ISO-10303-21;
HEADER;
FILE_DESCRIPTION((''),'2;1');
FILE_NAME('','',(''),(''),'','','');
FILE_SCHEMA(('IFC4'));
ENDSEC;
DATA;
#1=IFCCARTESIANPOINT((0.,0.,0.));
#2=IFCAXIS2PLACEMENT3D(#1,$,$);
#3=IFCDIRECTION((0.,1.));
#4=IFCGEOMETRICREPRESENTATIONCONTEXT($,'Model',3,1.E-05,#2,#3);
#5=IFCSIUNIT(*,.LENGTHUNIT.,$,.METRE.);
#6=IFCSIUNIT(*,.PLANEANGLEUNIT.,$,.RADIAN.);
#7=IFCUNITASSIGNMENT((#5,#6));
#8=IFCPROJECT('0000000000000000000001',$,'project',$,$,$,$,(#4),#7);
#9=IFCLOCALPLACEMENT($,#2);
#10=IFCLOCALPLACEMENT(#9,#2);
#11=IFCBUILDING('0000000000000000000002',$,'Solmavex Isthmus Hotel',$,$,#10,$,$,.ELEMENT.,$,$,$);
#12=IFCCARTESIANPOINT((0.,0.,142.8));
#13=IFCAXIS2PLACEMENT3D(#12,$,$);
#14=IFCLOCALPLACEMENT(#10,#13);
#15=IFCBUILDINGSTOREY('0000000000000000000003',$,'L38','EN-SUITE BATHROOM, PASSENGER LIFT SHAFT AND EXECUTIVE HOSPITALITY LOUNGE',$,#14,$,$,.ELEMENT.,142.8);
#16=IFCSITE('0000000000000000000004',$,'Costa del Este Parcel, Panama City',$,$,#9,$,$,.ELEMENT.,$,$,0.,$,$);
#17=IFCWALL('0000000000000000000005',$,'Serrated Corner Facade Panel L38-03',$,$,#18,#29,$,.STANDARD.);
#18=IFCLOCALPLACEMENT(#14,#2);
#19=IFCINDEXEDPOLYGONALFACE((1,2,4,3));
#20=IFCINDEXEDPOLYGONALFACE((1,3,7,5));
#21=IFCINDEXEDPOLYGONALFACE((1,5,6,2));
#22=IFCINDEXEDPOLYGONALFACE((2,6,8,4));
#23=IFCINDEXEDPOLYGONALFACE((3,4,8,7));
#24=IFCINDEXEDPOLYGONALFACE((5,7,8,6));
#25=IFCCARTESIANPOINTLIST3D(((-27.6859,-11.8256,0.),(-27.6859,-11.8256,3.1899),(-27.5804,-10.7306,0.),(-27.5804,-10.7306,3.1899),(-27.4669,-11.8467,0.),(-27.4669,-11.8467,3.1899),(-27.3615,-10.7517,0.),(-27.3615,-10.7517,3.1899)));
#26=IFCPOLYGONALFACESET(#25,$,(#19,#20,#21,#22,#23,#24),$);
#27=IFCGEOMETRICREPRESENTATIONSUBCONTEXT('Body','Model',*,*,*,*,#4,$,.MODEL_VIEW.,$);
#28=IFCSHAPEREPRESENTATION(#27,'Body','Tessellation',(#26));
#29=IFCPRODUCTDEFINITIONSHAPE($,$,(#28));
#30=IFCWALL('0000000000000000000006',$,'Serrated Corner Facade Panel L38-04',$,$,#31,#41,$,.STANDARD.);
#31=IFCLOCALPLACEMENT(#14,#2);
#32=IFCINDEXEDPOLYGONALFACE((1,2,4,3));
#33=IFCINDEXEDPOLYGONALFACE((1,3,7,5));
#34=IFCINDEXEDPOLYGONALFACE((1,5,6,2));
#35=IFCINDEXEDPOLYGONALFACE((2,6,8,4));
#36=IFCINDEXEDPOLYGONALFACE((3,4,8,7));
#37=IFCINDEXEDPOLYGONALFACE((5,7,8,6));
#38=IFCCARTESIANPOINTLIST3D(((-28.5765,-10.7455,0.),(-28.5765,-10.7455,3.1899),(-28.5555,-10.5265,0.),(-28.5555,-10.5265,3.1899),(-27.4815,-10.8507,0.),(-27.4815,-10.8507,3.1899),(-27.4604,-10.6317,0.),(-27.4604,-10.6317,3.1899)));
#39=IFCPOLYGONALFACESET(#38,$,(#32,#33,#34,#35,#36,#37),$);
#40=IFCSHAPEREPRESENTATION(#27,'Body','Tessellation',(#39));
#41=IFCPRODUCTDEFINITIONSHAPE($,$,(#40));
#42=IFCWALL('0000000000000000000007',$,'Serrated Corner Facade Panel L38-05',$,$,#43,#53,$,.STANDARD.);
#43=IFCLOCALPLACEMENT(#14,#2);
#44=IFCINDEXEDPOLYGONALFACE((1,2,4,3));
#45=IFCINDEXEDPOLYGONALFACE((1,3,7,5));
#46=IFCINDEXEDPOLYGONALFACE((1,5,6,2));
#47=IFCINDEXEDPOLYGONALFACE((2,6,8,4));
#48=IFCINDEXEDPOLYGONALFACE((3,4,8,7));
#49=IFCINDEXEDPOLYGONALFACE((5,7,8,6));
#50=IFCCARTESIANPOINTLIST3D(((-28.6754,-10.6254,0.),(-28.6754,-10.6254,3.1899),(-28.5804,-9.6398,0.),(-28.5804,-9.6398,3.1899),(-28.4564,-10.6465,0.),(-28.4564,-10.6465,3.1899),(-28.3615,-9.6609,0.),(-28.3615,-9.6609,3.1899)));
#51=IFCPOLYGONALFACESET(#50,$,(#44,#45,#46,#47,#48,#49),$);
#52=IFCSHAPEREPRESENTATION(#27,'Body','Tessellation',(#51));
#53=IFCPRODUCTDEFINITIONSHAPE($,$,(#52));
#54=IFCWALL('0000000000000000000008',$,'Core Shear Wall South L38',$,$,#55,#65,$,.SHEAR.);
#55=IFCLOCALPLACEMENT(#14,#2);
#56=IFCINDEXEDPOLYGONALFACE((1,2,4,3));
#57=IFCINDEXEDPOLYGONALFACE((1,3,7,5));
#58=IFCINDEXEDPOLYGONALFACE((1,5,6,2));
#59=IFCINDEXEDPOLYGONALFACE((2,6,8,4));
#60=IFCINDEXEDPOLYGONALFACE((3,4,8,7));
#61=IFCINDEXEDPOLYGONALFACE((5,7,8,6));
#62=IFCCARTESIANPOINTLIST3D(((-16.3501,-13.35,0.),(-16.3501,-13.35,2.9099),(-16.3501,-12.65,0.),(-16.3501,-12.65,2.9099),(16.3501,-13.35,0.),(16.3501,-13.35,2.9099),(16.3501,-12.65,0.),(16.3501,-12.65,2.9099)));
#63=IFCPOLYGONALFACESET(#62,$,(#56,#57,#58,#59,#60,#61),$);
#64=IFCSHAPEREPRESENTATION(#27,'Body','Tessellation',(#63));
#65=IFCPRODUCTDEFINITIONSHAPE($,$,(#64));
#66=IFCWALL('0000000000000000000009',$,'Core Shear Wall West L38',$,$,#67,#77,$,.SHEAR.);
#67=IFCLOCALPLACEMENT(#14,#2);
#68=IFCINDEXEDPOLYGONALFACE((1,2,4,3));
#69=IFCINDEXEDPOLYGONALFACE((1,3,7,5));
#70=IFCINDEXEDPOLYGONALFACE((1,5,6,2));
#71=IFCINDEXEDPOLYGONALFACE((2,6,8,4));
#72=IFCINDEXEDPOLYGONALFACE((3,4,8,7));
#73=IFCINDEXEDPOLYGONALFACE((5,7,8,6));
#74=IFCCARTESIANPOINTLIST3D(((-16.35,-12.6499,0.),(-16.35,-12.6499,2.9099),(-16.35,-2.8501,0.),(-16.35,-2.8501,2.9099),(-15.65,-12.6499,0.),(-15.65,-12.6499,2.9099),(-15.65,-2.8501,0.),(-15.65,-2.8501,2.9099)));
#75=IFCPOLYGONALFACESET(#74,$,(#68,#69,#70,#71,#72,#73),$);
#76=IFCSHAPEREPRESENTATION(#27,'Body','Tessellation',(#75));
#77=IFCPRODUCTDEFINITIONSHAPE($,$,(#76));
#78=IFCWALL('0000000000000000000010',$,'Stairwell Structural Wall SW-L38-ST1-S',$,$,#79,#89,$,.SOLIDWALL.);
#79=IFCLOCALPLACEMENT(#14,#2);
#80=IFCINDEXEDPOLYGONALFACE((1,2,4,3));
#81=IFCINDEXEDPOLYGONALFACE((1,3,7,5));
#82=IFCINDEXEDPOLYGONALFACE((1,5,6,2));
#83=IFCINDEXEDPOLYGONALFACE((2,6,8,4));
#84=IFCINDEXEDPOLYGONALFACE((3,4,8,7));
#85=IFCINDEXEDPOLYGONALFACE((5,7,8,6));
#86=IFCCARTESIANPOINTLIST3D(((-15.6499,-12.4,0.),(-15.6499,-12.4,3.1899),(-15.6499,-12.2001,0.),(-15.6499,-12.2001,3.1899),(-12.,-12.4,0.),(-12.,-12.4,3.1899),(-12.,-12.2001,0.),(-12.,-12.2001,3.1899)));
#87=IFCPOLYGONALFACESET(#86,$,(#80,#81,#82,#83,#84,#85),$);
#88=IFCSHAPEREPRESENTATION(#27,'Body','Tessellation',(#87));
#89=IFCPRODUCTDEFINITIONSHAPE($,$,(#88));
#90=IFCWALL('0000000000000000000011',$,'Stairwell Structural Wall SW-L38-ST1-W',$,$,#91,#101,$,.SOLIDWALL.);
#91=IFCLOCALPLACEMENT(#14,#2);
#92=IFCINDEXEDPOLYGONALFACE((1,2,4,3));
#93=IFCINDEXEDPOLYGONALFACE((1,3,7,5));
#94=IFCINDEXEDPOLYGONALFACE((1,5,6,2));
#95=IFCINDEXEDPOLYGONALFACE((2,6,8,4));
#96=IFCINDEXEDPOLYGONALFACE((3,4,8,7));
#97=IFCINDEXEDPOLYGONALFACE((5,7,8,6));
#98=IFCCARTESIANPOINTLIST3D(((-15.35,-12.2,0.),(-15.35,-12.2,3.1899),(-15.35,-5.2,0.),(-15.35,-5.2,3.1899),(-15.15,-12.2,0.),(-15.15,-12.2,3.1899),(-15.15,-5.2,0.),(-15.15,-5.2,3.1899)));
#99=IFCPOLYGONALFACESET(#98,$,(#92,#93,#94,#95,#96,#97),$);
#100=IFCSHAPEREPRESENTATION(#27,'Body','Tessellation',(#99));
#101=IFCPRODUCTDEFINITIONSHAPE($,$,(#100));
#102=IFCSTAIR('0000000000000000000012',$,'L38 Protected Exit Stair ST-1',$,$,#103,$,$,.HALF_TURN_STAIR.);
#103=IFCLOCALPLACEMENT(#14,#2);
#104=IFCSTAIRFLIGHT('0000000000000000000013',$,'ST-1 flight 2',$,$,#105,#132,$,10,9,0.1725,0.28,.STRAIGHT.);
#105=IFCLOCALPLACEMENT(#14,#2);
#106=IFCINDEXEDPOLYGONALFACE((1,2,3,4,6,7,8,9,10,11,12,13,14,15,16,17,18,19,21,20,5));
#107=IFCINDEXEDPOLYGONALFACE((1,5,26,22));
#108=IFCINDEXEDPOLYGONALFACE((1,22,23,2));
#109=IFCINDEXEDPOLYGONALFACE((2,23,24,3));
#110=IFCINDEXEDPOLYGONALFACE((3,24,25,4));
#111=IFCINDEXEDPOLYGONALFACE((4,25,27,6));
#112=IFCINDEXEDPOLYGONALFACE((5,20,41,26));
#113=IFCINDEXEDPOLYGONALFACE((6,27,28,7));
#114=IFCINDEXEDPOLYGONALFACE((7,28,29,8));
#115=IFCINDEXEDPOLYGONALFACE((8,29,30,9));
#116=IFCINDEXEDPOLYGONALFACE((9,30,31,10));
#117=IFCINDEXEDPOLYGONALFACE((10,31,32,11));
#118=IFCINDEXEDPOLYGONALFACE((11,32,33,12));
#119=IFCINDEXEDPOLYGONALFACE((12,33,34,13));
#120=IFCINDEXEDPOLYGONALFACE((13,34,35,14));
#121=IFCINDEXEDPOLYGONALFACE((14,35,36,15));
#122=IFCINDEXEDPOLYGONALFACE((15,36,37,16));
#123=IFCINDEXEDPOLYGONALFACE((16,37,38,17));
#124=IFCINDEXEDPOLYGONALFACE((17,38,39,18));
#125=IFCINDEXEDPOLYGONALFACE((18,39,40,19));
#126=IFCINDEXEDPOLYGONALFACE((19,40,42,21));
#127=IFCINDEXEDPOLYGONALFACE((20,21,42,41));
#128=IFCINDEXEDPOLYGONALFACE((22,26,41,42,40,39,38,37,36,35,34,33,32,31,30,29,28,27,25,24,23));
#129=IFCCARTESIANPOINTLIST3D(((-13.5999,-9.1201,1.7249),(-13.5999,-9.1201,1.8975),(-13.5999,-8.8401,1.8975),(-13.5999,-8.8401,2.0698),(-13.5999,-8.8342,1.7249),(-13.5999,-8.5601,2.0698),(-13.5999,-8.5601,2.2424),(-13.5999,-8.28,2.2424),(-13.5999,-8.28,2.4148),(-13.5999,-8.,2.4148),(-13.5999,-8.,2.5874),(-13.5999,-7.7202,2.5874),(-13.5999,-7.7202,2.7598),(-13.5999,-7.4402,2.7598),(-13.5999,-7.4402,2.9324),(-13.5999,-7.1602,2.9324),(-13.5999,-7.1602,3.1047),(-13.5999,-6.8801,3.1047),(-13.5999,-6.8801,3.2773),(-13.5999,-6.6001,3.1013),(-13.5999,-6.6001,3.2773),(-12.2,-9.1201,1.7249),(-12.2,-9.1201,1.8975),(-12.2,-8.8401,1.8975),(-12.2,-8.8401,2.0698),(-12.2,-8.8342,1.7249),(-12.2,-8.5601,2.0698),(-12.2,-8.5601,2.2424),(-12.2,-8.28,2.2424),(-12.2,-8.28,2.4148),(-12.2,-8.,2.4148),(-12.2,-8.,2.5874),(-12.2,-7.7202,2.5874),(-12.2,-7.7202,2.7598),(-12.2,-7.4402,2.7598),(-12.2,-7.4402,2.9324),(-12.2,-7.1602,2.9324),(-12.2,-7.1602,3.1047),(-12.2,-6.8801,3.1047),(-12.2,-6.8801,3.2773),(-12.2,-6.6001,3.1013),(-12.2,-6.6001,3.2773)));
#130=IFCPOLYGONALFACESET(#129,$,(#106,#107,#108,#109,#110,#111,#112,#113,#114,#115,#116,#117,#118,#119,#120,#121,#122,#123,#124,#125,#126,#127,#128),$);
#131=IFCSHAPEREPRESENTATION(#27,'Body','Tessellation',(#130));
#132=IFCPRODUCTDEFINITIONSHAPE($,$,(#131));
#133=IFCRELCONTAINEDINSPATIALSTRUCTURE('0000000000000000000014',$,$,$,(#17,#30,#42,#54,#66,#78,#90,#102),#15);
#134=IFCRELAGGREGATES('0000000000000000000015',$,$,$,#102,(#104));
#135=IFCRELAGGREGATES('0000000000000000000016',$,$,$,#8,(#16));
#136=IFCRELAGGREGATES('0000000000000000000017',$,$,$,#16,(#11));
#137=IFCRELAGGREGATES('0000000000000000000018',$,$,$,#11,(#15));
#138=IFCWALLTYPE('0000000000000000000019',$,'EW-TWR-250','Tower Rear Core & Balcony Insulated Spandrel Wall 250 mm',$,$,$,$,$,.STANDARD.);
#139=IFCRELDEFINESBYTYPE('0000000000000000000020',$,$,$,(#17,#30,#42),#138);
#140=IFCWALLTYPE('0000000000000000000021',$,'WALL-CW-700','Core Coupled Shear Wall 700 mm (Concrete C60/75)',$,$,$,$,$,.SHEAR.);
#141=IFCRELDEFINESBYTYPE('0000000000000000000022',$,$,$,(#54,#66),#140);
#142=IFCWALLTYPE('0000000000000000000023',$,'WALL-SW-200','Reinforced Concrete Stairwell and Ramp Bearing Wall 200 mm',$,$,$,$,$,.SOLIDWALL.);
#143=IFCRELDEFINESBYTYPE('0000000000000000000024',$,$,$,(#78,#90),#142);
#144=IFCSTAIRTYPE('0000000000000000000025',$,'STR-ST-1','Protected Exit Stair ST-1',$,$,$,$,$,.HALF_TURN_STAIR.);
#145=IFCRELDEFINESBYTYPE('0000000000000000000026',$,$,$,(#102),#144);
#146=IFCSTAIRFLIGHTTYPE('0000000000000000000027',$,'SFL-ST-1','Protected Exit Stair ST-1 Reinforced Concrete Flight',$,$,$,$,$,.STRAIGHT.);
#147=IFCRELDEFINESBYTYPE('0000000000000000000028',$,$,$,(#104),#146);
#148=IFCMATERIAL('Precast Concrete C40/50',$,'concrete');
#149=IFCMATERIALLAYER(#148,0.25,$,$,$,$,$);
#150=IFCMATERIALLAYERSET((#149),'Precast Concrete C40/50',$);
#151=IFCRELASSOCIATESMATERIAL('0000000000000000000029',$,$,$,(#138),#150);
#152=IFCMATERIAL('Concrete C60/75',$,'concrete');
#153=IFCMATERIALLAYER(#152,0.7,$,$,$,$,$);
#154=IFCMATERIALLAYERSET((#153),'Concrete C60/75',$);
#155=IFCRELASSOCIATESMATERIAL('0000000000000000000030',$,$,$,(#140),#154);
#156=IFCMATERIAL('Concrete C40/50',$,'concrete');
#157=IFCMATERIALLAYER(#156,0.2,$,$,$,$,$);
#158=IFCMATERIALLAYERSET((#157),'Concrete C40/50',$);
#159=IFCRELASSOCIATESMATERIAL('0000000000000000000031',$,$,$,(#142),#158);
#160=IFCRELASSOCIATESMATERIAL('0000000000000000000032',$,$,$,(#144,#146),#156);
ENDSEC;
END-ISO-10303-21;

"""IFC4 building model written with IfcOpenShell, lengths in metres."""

from ifc_helpers import new_model, si_unit, direction, frame, frame_2d, origin, place, context, subcontext, project, spatial, polyline, rectangle, outline, extrude, material, layer, layer_set, type_object, element, aggregate, save


model = new_model("IFC4")

# Units and contexts
model_context = context("Model", 3, precision=1e-05, world=origin(), true_north=direction((0.0, 1.0)))
body_context = subcontext(model_context, "Body", "Model", "MODEL_VIEW")
ifc_project = project(units=[si_unit("LENGTHUNIT", "METRE"), si_unit("PLANEANGLEUNIT", "RADIAN")], contexts=[model_context])

# Site, building, storey
site_placement = place(None, origin())
site = spatial("IfcSite", under=ifc_project, at=site_placement, Name="Costa del Este Parcel, Panama City", CompositionType="ELEMENT", RefElevation=0.0)
building_placement = place(site_placement, origin())
building = spatial("IfcBuilding", under=site, at=building_placement, Name="Solmavex Isthmus Hotel", CompositionType="ELEMENT")
storey_placement = place(building_placement, frame((0.0, 0.0, 142.8)))
storey = spatial("IfcBuildingStorey", under=building, at=storey_placement, Name="L38", Description="EN-SUITE BATHROOM, PASSENGER LIFT SHAFT AND EXECUTIVE HOSPITALITY LOUNGE", CompositionType="ELEMENT", Elevation=142.8)

# Shared definitions
ifc_material_1 = material(Name="Concrete C60/75", Category="concrete")

# Shared definitions
ifc_material_2 = material(Name="Precast Concrete C40/50", Category="concrete")
ifc_layer_1 = layer(ifc_material_2, 0.25)
ifc_layer_set_1 = layer_set([ifc_layer_1], Name="Precast Concrete C40/50")
wall_type_1 = type_object("IfcWallType", Name="EW-TWR-250", Description="Tower Rear Core & Balcony Insulated Spandrel Wall 250 mm", PredefinedType="STANDARD", material=ifc_layer_set_1)

# Walls
for number, where, z_axis, x_axis, name in (
    (1, (-27.5764, -11.8362, 0.0), (0.0, 0.0, 1.0), (0.095877, 0.995393, 0.0), "Serrated Corner Facade Panel L38-03"),
    (2, (-27.4709, -10.7412, 0.0), (0.0, 0.0, 1.0), (-0.995414, 0.095657, 0.0), "Serrated Corner Facade Panel L38-04"),
):
    element("IfcWall", number, at=place(storey_placement, frame(where, z_axis=z_axis, x_axis=x_axis)), inside=storey, type_object=wall_type_1, Name=name, PredefinedType="STANDARD", context=body_context, shape_type="SweptSolid", body=[
        extrude(rectangle(XDim=1.1001, YDim=0.22, at=frame_2d((0.55, 0.0))), origin(), (0.0, 0.0, 1.0), 3.1899),
    ])
wall_1_placement = place(storey_placement, frame((-28.5659, -10.636, 0.0), z_axis=(0.0, 0.0, 1.0), x_axis=(0.095914, 0.99539, 0.0)))
element("IfcWall", 3, at=wall_1_placement, inside=storey, type_object=wall_type_1, Name="Serrated Corner Facade Panel L38-05", PredefinedType="STANDARD", context=body_context, shape_type="SweptSolid", body=[
    extrude(rectangle(XDim=0.9902, YDim=0.22, at=frame_2d((0.4951, 0.0))), origin(), (0.0, 0.0, 1.0), 3.1899),
])
ifc_layer_2 = layer(ifc_material_1, 0.7)
ifc_layer_set_2 = layer_set([ifc_layer_2], Name="Concrete C60/75")
wall_type_2 = type_object("IfcWallType", Name="WALL-CW-700", Description="Core Coupled Shear Wall 700 mm (Concrete C60/75)", PredefinedType="SHEAR", material=ifc_layer_set_2)
wall_2_placement = place(storey_placement, frame((-16.3501, -13.0, 0.0), z_axis=(0.0, 0.0, 1.0), x_axis=(1.0, 0.0, 0.0)))
element("IfcWall", 4, at=wall_2_placement, inside=storey, type_object=wall_type_2, Name="Core Shear Wall South L38", PredefinedType="SHEAR", context=body_context, shape_type="SweptSolid", body=[
    extrude(rectangle(XDim=32.7002, YDim=0.7, at=frame_2d((16.3501, 0.0))), origin(), (0.0, 0.0, 1.0), 2.9099),
])
wall_3_placement = place(storey_placement, frame((-16.0, -12.6499, 0.0), z_axis=(0.0, 0.0, 1.0), x_axis=(0.0, 1.0, 0.0)))
element("IfcWall", 5, at=wall_3_placement, inside=storey, type_object=wall_type_2, Name="Core Shear Wall West L38", PredefinedType="SHEAR", context=body_context, shape_type="SweptSolid", body=[
    extrude(rectangle(XDim=9.7998, YDim=0.7, at=frame_2d((4.8999, 0.0))), origin(), (0.0, 0.0, 1.0), 2.9099),
])
ifc_material_3 = material(Name="Concrete C40/50", Category="concrete")
ifc_layer_3 = layer(ifc_material_3, 0.2)
ifc_layer_set_3 = layer_set([ifc_layer_3], Name="Concrete C40/50")
wall_type_3 = type_object("IfcWallType", Name="WALL-SW-200", Description="Reinforced Concrete Stairwell and Ramp Bearing Wall 200 mm", PredefinedType="SOLIDWALL", material=ifc_layer_set_3)
wall_4_placement = place(storey_placement, frame((-15.6499, -12.3, 0.0), z_axis=(0.0, 0.0, 1.0), x_axis=(1.0, 0.0, 0.0)))
element("IfcWall", 6, at=wall_4_placement, inside=storey, type_object=wall_type_3, Name="Stairwell Structural Wall SW-L38-ST1-S", PredefinedType="SOLIDWALL", context=body_context, shape_type="SweptSolid", body=[
    extrude(rectangle(XDim=3.6499, YDim=0.2, at=frame_2d((1.825, 0.0))), origin(), (0.0, 0.0, 1.0), 3.1899),
])
wall_5_placement = place(storey_placement, frame((-15.25, -12.2, 0.0), z_axis=(0.0, 0.0, 1.0), x_axis=(0.0, 1.0, 0.0)))
element("IfcWall", 7, at=wall_5_placement, inside=storey, type_object=wall_type_3, Name="Stairwell Structural Wall SW-L38-ST1-W", PredefinedType="SOLIDWALL", context=body_context, shape_type="SweptSolid", body=[
    extrude(rectangle(XDim=7.0, YDim=0.2, at=frame_2d((3.5, 0.0))), origin(), (0.0, 0.0, 1.0), 3.1899),
])

# Stair, stair flight
stair_type = type_object("IfcStairType", Name="STR-ST-1", Description="Protected Exit Stair ST-1", PredefinedType="HALF_TURN_STAIR", material=ifc_material_3)
stair_placement = place(storey_placement, origin())
stair = element("IfcStair", 8, at=stair_placement, inside=storey, type_object=stair_type, Name="L38 Protected Exit Stair ST-1", PredefinedType="HALF_TURN_STAIR")
stair_flight_type = type_object("IfcStairFlightType", Name="SFL-ST-1", Description="Protected Exit Stair ST-1 Reinforced Concrete Flight", PredefinedType="STRAIGHT", material=ifc_material_3)
stair_flight_placement = place(storey_placement, frame((-12.8999, -9.1201, 1.7249), z_axis=(0.0, 0.0, 1.0), x_axis=(0.0, 1.0, 0.0)))
stair_flight = element("IfcStairFlight", 9, at=stair_flight_placement, type_object=stair_flight_type, Name="ST-1 flight 2", NumberOfRisers=10, NumberOfTreads=9, PredefinedType="STRAIGHT", RiserHeight=0.1725, TreadLength=0.28, context=body_context, shape_type="SweptSolid", body=[
    extrude(outline(polyline([(0.0, 0.0), (0.0, 0.1726), (0.28, 0.1726), (0.28, 0.345), (0.5601, 0.345), (0.5601, 0.5176), (0.8401, 0.5176), (0.8401, 0.6899), (1.1201, 0.6899), (1.1201, 0.8625), (1.3999, 0.8625), (1.3999, 1.0349), (1.6799, 1.0349), (1.6799, 1.2075), (1.96, 1.2075), (1.96, 1.3799), (2.24, 1.3799), (2.24, 1.5525), (2.52, 1.5525), (2.52, 1.7251), (2.52, 1.3765), (0.2859, 0.0), (0.0, 0.0)])), frame((0.0, 0.7, 0.0), z_axis=(0.0, -1.0, 0.0), x_axis=(1.0, 0.0, 0.0)), (0.0, 0.0, 1.0), 1.3999),
])
aggregate(stair, [stair_flight])

save(model, "model.ifc")
